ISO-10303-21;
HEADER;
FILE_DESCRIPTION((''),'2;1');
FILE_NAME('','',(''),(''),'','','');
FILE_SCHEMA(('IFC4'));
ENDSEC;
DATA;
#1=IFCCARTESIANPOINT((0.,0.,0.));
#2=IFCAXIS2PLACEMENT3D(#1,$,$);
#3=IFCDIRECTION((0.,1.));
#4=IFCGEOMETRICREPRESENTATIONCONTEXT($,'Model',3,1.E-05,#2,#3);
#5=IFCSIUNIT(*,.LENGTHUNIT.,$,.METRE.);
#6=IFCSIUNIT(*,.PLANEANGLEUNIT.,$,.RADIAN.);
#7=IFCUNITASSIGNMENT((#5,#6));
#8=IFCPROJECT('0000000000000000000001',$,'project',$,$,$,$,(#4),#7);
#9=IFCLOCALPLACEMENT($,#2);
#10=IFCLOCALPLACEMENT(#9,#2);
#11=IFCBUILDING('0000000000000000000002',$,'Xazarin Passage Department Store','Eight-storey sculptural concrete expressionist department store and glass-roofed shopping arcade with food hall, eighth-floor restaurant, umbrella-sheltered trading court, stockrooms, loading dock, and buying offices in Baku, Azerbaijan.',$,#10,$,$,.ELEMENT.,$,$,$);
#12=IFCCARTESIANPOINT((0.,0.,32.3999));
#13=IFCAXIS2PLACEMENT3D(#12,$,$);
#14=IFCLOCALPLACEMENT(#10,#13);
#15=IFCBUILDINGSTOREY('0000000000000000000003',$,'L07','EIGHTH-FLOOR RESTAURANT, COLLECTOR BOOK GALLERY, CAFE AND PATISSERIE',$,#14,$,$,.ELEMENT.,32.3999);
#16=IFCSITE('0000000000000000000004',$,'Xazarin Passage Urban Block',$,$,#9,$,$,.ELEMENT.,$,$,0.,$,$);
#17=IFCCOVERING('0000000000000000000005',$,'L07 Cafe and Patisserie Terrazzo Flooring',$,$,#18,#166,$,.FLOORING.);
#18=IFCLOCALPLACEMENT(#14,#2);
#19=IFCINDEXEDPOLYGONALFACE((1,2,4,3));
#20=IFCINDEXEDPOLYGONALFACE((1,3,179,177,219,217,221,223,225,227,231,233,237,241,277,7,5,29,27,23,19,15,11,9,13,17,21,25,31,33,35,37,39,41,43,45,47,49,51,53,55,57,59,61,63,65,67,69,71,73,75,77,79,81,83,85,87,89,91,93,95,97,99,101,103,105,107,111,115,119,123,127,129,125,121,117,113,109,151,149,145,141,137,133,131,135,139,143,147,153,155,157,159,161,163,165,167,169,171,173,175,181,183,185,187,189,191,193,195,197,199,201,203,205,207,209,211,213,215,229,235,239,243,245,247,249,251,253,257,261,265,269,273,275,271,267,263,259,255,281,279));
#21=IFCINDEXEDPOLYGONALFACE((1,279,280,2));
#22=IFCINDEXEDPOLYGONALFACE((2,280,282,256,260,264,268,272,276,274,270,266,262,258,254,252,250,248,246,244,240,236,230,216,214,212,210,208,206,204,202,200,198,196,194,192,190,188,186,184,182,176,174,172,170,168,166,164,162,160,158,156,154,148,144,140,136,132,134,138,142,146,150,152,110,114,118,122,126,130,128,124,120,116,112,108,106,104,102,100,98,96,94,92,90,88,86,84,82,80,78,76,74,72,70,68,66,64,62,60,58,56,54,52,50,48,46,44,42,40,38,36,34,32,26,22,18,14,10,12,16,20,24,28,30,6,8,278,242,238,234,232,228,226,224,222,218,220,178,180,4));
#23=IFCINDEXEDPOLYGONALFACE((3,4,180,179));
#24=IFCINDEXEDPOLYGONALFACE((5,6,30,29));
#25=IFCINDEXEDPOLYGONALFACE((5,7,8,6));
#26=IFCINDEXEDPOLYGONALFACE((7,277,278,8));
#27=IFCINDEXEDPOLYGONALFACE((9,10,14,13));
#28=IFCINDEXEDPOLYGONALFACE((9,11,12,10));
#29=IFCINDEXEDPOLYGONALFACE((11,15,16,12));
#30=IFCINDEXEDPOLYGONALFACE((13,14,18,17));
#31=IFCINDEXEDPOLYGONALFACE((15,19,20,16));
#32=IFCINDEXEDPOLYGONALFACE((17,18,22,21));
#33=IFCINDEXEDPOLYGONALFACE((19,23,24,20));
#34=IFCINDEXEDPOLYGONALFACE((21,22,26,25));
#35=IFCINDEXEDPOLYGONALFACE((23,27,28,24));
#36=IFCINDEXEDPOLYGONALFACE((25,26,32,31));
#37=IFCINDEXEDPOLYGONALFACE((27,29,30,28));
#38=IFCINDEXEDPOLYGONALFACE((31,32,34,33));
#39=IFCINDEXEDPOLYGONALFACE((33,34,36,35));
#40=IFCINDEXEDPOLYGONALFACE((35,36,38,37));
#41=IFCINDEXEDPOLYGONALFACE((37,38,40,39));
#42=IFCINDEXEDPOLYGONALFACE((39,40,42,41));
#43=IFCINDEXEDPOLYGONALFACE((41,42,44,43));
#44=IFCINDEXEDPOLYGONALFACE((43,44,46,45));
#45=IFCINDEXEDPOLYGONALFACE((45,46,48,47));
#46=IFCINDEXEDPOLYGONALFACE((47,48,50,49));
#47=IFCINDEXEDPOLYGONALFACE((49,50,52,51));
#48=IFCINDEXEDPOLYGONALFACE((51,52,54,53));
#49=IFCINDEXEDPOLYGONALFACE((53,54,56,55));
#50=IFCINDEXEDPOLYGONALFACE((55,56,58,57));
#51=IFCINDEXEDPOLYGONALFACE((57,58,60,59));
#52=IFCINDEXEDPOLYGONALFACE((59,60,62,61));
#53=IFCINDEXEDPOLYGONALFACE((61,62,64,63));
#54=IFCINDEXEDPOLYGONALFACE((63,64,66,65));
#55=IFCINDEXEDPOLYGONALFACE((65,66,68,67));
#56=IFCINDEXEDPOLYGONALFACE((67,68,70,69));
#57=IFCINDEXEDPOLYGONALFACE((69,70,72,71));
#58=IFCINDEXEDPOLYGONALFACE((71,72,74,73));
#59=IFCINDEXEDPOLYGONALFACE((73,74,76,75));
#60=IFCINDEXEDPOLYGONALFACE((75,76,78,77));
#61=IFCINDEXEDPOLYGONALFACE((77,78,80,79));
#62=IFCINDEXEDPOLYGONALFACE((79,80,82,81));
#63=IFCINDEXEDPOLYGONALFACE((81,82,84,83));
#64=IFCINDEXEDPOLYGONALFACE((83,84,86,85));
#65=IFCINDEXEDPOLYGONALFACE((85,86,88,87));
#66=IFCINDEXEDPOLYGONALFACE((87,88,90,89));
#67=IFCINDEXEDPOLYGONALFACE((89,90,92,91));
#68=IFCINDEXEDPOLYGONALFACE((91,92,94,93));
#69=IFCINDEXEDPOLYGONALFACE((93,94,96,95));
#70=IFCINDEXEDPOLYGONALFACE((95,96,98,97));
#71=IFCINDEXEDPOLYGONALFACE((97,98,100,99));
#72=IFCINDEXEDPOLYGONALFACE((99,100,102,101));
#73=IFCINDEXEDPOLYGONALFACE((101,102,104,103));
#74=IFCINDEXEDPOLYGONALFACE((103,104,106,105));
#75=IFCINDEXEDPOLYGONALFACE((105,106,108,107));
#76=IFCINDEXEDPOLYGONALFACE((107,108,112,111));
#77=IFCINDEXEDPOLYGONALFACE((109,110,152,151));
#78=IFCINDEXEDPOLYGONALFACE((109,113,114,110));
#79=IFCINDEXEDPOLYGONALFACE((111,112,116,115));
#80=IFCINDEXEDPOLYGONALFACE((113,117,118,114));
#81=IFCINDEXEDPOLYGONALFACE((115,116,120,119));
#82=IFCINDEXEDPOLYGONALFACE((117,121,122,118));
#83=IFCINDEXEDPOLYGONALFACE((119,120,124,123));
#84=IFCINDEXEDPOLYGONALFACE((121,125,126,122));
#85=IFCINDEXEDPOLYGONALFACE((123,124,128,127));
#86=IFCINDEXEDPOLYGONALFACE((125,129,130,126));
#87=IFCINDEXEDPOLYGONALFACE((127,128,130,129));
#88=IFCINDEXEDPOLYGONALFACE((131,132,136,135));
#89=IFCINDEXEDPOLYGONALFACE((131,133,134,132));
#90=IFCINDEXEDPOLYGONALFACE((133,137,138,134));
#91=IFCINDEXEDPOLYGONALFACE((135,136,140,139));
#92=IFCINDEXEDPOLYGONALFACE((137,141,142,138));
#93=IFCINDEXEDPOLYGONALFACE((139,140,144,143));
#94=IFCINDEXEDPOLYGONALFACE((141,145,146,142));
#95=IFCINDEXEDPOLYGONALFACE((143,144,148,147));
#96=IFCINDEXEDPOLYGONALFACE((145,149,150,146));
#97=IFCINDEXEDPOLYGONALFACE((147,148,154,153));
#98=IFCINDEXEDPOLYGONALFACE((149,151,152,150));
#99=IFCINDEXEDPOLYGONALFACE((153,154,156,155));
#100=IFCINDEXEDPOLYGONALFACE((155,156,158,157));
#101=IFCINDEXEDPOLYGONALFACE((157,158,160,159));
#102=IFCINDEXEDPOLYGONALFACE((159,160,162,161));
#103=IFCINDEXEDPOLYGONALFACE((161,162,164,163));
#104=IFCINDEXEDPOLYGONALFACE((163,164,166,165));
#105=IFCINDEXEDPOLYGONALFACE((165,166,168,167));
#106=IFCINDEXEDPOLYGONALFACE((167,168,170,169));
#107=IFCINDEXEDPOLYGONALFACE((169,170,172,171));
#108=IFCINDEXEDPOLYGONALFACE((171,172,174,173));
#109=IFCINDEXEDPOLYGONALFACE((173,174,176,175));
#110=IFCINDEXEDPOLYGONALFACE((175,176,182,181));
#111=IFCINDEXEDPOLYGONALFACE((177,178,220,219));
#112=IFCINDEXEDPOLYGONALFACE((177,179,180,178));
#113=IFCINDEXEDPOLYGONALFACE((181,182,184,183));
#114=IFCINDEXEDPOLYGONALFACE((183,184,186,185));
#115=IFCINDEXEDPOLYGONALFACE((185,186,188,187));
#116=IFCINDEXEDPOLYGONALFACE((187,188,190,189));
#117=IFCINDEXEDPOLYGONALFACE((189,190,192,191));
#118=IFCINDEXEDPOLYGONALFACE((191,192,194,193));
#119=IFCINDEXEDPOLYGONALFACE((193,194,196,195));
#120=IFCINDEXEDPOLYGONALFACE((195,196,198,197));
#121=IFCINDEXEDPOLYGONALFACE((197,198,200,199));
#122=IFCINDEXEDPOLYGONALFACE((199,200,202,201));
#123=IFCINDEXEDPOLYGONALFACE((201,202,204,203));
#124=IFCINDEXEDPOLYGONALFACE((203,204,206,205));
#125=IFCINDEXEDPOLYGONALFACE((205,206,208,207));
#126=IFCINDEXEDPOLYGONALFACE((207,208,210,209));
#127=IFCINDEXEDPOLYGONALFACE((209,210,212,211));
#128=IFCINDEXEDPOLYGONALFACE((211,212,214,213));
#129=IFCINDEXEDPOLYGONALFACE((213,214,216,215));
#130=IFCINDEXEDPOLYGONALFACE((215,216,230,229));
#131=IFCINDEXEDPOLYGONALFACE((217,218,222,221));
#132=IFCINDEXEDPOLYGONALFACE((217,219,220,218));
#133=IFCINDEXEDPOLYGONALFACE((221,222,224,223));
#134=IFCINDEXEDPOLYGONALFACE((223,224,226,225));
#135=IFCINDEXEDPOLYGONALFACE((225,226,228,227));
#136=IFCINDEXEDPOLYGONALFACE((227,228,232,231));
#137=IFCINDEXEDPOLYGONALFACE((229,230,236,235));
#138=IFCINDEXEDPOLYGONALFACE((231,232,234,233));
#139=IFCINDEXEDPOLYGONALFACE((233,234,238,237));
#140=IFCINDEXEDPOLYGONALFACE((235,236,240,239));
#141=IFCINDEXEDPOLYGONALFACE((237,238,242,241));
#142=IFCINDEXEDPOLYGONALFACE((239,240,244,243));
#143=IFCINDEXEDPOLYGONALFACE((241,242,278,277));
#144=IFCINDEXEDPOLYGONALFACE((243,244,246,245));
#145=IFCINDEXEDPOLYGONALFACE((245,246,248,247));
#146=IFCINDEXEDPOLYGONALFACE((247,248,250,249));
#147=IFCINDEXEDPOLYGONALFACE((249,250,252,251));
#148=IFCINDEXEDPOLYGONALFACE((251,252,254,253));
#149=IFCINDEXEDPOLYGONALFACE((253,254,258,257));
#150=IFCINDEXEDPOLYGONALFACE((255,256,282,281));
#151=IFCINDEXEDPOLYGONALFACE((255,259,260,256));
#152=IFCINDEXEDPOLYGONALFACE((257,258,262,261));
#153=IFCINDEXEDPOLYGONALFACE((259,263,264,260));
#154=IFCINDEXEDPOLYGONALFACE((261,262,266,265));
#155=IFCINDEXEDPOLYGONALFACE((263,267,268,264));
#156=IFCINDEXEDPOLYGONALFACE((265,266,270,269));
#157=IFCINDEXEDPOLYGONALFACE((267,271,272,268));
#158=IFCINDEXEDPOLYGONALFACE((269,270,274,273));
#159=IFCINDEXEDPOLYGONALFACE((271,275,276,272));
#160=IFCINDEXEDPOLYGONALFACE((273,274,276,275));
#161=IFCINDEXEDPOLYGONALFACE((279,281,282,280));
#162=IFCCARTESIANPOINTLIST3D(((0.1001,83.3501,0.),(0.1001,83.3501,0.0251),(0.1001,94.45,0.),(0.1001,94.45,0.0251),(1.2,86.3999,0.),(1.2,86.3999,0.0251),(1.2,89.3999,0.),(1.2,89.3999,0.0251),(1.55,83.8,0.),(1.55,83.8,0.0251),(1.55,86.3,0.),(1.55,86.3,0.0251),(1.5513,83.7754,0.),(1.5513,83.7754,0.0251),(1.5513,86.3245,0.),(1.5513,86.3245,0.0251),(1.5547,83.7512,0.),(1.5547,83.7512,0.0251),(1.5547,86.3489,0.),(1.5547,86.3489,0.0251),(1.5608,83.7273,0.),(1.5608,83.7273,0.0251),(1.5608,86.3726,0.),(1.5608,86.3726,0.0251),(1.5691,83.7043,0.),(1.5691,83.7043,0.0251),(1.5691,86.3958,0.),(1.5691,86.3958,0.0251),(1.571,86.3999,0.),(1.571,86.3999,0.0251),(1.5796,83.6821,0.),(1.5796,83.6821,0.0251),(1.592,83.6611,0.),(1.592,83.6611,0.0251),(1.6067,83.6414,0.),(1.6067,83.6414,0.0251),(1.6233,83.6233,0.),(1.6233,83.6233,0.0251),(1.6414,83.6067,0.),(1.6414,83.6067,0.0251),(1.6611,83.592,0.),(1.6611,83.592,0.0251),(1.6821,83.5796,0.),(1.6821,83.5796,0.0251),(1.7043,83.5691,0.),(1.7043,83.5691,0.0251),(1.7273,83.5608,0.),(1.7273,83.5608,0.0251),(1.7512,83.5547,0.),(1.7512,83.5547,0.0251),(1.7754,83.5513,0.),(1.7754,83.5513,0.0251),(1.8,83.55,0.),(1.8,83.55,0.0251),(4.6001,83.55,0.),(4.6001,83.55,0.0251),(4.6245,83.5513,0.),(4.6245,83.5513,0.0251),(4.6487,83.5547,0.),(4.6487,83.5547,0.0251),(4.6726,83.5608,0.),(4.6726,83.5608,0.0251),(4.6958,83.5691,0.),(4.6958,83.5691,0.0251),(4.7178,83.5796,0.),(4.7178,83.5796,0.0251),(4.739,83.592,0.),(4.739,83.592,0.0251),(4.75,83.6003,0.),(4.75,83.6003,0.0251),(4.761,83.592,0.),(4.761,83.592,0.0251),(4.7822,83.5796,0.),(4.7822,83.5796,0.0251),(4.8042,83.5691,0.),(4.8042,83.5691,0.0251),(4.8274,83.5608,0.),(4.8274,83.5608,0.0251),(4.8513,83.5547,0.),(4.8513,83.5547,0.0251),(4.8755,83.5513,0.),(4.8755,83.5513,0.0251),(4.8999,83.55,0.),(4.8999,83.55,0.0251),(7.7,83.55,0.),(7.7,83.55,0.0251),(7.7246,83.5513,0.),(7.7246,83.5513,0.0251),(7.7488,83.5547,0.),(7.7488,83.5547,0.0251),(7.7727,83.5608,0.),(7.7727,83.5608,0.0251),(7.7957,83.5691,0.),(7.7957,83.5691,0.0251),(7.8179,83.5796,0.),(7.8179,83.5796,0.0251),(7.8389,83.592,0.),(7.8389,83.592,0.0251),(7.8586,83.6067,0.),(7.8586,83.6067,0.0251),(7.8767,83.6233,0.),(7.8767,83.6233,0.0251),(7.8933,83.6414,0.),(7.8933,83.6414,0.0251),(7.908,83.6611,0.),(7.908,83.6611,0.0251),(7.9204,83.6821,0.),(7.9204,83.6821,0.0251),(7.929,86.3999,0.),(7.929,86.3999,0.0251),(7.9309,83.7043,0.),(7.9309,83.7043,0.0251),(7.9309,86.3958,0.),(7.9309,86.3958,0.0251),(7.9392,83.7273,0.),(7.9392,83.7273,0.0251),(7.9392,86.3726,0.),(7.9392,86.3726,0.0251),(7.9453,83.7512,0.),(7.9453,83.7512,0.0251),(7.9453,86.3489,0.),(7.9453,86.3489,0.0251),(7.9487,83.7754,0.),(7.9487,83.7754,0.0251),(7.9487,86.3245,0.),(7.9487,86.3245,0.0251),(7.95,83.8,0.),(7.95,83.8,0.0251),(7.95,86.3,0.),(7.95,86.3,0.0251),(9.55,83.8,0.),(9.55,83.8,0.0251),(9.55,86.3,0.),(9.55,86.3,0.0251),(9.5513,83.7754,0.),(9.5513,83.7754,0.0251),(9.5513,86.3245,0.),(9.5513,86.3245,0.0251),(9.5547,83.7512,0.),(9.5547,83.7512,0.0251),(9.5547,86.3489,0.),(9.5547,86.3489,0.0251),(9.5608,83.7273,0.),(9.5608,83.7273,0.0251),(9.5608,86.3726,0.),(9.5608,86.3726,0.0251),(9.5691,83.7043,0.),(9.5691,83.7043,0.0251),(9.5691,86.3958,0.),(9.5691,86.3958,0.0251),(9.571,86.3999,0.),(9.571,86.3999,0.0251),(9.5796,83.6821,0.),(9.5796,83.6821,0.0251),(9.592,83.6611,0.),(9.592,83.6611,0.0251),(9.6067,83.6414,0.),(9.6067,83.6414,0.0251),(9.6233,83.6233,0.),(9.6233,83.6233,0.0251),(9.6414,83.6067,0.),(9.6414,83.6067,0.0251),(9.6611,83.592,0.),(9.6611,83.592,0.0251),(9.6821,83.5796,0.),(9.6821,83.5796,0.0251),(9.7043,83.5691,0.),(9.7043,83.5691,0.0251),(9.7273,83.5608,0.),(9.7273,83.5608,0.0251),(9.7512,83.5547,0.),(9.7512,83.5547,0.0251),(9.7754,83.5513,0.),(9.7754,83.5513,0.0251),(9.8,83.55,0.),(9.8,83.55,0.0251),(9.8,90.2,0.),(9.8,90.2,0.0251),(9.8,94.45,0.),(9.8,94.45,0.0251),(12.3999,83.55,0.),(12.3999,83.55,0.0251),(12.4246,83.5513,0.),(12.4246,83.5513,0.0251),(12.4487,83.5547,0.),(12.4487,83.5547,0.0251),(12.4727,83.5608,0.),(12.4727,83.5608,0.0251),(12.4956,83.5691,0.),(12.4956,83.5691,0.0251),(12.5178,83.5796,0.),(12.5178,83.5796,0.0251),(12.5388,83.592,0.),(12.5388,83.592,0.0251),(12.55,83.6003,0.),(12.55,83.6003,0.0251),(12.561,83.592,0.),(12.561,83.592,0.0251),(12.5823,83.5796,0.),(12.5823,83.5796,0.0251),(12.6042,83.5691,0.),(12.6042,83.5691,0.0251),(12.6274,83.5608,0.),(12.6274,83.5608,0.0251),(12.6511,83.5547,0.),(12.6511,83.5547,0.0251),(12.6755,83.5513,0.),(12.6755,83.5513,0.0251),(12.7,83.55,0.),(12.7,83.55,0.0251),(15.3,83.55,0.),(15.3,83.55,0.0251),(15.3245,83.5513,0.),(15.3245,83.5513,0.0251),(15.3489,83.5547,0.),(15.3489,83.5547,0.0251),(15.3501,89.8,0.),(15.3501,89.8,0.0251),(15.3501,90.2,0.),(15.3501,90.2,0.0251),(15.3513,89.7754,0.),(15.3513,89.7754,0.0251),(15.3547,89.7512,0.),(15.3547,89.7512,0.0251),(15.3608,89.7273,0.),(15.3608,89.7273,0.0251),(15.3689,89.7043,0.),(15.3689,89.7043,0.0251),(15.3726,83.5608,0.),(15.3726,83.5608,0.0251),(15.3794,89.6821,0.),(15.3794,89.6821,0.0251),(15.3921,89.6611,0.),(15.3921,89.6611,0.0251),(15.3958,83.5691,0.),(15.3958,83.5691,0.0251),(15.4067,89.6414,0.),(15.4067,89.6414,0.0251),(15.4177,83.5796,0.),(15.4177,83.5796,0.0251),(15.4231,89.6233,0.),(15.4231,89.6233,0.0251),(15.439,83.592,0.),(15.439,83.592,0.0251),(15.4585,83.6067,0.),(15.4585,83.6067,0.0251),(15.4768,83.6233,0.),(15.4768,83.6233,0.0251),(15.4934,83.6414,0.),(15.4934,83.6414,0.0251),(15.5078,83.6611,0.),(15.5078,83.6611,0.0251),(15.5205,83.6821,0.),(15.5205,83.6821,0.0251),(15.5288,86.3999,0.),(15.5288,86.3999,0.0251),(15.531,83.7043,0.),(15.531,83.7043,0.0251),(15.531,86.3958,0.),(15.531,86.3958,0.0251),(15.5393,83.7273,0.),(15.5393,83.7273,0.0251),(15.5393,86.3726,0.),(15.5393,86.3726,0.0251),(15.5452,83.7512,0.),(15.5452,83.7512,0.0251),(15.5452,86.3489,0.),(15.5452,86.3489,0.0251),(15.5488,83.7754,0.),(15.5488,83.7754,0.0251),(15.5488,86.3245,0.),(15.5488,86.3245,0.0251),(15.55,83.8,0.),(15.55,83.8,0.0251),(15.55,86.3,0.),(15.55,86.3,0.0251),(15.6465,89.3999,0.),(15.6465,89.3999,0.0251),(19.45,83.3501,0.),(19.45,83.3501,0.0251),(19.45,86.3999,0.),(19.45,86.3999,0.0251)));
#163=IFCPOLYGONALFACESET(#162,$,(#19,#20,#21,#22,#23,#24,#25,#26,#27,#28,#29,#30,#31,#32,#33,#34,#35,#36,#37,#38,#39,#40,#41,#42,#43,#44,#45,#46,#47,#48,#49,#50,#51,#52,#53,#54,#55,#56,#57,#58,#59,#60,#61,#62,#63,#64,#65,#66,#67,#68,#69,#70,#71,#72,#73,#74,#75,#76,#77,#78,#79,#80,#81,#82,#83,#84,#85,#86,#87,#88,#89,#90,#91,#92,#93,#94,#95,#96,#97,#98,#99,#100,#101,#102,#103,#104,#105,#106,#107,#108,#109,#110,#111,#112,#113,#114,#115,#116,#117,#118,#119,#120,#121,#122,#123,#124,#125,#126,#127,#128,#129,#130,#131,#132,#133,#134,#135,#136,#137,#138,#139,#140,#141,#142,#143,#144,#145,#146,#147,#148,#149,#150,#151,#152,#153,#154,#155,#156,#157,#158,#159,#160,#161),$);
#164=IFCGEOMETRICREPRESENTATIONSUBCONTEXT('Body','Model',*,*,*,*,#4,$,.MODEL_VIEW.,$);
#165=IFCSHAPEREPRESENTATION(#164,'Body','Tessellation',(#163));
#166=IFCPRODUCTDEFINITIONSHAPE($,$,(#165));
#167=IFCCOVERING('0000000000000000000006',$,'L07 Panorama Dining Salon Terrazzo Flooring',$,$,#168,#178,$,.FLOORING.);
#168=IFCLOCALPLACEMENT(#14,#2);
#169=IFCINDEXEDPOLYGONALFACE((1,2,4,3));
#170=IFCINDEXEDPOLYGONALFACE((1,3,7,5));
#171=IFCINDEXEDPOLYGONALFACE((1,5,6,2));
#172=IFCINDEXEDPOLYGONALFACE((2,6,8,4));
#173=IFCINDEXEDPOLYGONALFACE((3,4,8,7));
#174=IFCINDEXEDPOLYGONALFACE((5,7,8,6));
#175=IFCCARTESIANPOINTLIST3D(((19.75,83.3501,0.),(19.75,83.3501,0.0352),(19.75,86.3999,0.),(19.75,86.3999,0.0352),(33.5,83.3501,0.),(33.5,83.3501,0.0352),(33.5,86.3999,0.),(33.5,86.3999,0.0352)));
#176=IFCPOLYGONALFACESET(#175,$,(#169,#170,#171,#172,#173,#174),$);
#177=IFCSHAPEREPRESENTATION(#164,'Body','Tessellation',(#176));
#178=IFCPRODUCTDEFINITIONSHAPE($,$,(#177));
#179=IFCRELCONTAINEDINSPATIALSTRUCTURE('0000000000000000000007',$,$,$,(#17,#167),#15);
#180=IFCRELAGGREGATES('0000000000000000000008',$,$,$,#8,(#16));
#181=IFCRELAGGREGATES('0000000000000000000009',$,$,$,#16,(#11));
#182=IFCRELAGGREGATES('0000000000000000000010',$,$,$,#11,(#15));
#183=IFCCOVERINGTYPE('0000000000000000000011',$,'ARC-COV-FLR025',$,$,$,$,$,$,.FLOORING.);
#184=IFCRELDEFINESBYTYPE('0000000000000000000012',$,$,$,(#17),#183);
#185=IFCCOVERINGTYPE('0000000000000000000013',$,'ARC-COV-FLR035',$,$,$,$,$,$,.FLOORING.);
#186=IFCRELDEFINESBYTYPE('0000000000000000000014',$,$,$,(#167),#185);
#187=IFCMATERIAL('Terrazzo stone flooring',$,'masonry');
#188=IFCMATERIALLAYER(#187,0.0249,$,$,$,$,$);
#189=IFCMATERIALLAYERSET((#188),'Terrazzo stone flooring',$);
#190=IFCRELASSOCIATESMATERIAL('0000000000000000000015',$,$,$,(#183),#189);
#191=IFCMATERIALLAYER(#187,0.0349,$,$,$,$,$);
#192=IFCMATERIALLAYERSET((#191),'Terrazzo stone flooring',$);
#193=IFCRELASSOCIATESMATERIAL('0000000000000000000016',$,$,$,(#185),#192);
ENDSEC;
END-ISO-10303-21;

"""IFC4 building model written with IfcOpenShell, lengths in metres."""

from ifc_helpers import new_model, si_unit, direction, frame, origin, place, context, subcontext, project, spatial, polyline, outline, extrude, material, layer, layer_set, type_object, element, save


model = new_model("IFC4")

# Units and contexts
model_context = context("Model", 3, precision=1e-05, world=origin(), true_north=direction((0.0, 1.0)))
body_context = subcontext(model_context, "Body", "Model", "MODEL_VIEW")
ifc_project = project(units=[si_unit("LENGTHUNIT", "METRE"), si_unit("PLANEANGLEUNIT", "RADIAN")], contexts=[model_context])

# Site, building, storey
site_placement = place(None, origin())
site = spatial("IfcSite", under=ifc_project, at=site_placement, Name="Xazarin Passage Urban Block", CompositionType="ELEMENT", RefElevation=0.0)
building_placement = place(site_placement, origin())
building = spatial("IfcBuilding", under=site, at=building_placement, Name="Xazarin Passage Department Store", Description="Eight-storey sculptural concrete expressionist department store and glass-roofed shopping arcade with food hall, eighth-floor restaurant, umbrella-sheltered trading court, stockrooms, loading dock, and buying offices in Baku, Azerbaijan.", CompositionType="ELEMENT")
storey_placement = place(building_placement, frame((0.0, 0.0, 32.3999)))
storey = spatial("IfcBuildingStorey", under=building, at=storey_placement, Name="L07", Description="EIGHTH-FLOOR RESTAURANT, COLLECTOR BOOK GALLERY, CAFE AND PATISSERIE", CompositionType="ELEMENT", Elevation=32.3999)

# Coverings
ifc_material_1 = material(Name="Terrazzo stone flooring", Category="masonry")
ifc_layer_1 = layer(ifc_material_1, 0.0249)
ifc_layer_set_1 = layer_set([ifc_layer_1], Name="Terrazzo stone flooring")
covering_type_1 = type_object("IfcCoveringType", Name="ARC-COV-FLR025", PredefinedType="FLOORING", material=ifc_layer_set_1)
covering_1_placement = place(storey_placement, origin())
element("IfcCovering", 1, at=covering_1_placement, inside=storey, type_object=covering_type_1, Name="L07 Cafe and Patisserie Terrazzo Flooring", PredefinedType="FLOORING", context=body_context, shape_type="SweptSolid", body=[
    extrude(outline(polyline([(9.8, 90.2), (9.8, 94.45), (0.1001, 94.45), (0.1001, 83.3501), (19.45, 83.3501), (19.45, 86.3999), (15.5288, 86.3999), (15.531, 86.3958), (15.5393, 86.3726), (15.5452, 86.3489), (15.5488, 86.3245), (15.55, 86.3), (15.55, 83.8), (15.5488, 83.7754), (15.5452, 83.7512), (15.5393, 83.7273), (15.531, 83.7043), (15.5205, 83.6821), (15.5078, 83.6611), (15.4934, 83.6414), (15.4768, 83.6233), (15.4585, 83.6067), (15.439, 83.592), (15.4177, 83.5796), (15.3958, 83.5691), (15.3726, 83.5608), (15.3489, 83.5547), (15.3245, 83.5513), (15.3, 83.55), (12.7, 83.55), (12.6755, 83.5513), (12.6511, 83.5547), (12.6274, 83.5608), (12.6042, 83.5691), (12.5823, 83.5796), (12.561, 83.592), (12.55, 83.6003), (12.5388, 83.592), (12.5178, 83.5796), (12.4956, 83.5691), (12.4727, 83.5608), (12.4487, 83.5547), (12.4246, 83.5513), (12.3999, 83.55), (9.8, 83.55), (9.7754, 83.5513), (9.7512, 83.5547), (9.7273, 83.5608), (9.7043, 83.5691), (9.6821, 83.5796), (9.6611, 83.592), (9.6414, 83.6067), (9.6233, 83.6233), (9.6067, 83.6414), (9.592, 83.6611), (9.5796, 83.6821), (9.5691, 83.7043), (9.5608, 83.7273), (9.5547, 83.7512), (9.5513, 83.7754), (9.55, 83.8), (9.55, 86.3), (9.5513, 86.3245), (9.5547, 86.3489), (9.5608, 86.3726), (9.5691, 86.3958), (9.571, 86.3999), (7.929, 86.3999), (7.9309, 86.3958), (7.9392, 86.3726), (7.9453, 86.3489), (7.9487, 86.3245), (7.95, 86.3), (7.95, 83.8), (7.9487, 83.7754), (7.9453, 83.7512), (7.9392, 83.7273), (7.9309, 83.7043), (7.9204, 83.6821), (7.908, 83.6611), (7.8933, 83.6414), (7.8767, 83.6233), (7.8586, 83.6067), (7.8389, 83.592), (7.8179, 83.5796), (7.7957, 83.5691), (7.7727, 83.5608), (7.7488, 83.5547), (7.7246, 83.5513), (7.7, 83.55), (4.8999, 83.55), (4.8755, 83.5513), (4.8513, 83.5547), (4.8274, 83.5608), (4.8042, 83.5691), (4.7822, 83.5796), (4.761, 83.592), (4.75, 83.6003), (4.739, 83.592), (4.7178, 83.5796), (4.6958, 83.5691), (4.6726, 83.5608), (4.6487, 83.5547), (4.6245, 83.5513), (4.6001, 83.55), (1.8, 83.55), (1.7754, 83.5513), (1.7512, 83.5547), (1.7273, 83.5608), (1.7043, 83.5691), (1.6821, 83.5796), (1.6611, 83.592), (1.6414, 83.6067), (1.6233, 83.6233), (1.6067, 83.6414), (1.592, 83.6611), (1.5796, 83.6821), (1.5691, 83.7043), (1.5608, 83.7273), (1.5547, 83.7512), (1.5513, 83.7754), (1.55, 83.8), (1.55, 86.3), (1.5513, 86.3245), (1.5547, 86.3489), (1.5608, 86.3726), (1.5691, 86.3958), (1.571, 86.3999), (1.2, 86.3999), (1.2, 89.3999), (15.6465, 89.3999), (15.4231, 89.6233), (15.4067, 89.6414), (15.3921, 89.6611), (15.3794, 89.6821), (15.3689, 89.7043), (15.3608, 89.7273), (15.3547, 89.7512), (15.3513, 89.7754), (15.3501, 89.8), (15.3501, 90.2), (9.8, 90.2)])), origin(), (0.0, 0.0, 1.0), 0.0251),
])
ifc_layer_2 = layer(ifc_material_1, 0.0349)
ifc_layer_set_2 = layer_set([ifc_layer_2], Name="Terrazzo stone flooring")
covering_type_2 = type_object("IfcCoveringType", Name="ARC-COV-FLR035", PredefinedType="FLOORING", material=ifc_layer_set_2)
covering_2_placement = place(storey_placement, origin())
element("IfcCovering", 2, at=covering_2_placement, inside=storey, type_object=covering_type_2, Name="L07 Panorama Dining Salon Terrazzo Flooring", PredefinedType="FLOORING", context=body_context, shape_type="SweptSolid", body=[
    extrude(outline(polyline([(33.5, 86.3999), (19.75, 86.3999), (19.75, 83.3501), (33.5, 83.3501), (33.5, 86.3999)])), origin(), (0.0, 0.0, 1.0), 0.0352),
])

save(model, "model.ifc")
